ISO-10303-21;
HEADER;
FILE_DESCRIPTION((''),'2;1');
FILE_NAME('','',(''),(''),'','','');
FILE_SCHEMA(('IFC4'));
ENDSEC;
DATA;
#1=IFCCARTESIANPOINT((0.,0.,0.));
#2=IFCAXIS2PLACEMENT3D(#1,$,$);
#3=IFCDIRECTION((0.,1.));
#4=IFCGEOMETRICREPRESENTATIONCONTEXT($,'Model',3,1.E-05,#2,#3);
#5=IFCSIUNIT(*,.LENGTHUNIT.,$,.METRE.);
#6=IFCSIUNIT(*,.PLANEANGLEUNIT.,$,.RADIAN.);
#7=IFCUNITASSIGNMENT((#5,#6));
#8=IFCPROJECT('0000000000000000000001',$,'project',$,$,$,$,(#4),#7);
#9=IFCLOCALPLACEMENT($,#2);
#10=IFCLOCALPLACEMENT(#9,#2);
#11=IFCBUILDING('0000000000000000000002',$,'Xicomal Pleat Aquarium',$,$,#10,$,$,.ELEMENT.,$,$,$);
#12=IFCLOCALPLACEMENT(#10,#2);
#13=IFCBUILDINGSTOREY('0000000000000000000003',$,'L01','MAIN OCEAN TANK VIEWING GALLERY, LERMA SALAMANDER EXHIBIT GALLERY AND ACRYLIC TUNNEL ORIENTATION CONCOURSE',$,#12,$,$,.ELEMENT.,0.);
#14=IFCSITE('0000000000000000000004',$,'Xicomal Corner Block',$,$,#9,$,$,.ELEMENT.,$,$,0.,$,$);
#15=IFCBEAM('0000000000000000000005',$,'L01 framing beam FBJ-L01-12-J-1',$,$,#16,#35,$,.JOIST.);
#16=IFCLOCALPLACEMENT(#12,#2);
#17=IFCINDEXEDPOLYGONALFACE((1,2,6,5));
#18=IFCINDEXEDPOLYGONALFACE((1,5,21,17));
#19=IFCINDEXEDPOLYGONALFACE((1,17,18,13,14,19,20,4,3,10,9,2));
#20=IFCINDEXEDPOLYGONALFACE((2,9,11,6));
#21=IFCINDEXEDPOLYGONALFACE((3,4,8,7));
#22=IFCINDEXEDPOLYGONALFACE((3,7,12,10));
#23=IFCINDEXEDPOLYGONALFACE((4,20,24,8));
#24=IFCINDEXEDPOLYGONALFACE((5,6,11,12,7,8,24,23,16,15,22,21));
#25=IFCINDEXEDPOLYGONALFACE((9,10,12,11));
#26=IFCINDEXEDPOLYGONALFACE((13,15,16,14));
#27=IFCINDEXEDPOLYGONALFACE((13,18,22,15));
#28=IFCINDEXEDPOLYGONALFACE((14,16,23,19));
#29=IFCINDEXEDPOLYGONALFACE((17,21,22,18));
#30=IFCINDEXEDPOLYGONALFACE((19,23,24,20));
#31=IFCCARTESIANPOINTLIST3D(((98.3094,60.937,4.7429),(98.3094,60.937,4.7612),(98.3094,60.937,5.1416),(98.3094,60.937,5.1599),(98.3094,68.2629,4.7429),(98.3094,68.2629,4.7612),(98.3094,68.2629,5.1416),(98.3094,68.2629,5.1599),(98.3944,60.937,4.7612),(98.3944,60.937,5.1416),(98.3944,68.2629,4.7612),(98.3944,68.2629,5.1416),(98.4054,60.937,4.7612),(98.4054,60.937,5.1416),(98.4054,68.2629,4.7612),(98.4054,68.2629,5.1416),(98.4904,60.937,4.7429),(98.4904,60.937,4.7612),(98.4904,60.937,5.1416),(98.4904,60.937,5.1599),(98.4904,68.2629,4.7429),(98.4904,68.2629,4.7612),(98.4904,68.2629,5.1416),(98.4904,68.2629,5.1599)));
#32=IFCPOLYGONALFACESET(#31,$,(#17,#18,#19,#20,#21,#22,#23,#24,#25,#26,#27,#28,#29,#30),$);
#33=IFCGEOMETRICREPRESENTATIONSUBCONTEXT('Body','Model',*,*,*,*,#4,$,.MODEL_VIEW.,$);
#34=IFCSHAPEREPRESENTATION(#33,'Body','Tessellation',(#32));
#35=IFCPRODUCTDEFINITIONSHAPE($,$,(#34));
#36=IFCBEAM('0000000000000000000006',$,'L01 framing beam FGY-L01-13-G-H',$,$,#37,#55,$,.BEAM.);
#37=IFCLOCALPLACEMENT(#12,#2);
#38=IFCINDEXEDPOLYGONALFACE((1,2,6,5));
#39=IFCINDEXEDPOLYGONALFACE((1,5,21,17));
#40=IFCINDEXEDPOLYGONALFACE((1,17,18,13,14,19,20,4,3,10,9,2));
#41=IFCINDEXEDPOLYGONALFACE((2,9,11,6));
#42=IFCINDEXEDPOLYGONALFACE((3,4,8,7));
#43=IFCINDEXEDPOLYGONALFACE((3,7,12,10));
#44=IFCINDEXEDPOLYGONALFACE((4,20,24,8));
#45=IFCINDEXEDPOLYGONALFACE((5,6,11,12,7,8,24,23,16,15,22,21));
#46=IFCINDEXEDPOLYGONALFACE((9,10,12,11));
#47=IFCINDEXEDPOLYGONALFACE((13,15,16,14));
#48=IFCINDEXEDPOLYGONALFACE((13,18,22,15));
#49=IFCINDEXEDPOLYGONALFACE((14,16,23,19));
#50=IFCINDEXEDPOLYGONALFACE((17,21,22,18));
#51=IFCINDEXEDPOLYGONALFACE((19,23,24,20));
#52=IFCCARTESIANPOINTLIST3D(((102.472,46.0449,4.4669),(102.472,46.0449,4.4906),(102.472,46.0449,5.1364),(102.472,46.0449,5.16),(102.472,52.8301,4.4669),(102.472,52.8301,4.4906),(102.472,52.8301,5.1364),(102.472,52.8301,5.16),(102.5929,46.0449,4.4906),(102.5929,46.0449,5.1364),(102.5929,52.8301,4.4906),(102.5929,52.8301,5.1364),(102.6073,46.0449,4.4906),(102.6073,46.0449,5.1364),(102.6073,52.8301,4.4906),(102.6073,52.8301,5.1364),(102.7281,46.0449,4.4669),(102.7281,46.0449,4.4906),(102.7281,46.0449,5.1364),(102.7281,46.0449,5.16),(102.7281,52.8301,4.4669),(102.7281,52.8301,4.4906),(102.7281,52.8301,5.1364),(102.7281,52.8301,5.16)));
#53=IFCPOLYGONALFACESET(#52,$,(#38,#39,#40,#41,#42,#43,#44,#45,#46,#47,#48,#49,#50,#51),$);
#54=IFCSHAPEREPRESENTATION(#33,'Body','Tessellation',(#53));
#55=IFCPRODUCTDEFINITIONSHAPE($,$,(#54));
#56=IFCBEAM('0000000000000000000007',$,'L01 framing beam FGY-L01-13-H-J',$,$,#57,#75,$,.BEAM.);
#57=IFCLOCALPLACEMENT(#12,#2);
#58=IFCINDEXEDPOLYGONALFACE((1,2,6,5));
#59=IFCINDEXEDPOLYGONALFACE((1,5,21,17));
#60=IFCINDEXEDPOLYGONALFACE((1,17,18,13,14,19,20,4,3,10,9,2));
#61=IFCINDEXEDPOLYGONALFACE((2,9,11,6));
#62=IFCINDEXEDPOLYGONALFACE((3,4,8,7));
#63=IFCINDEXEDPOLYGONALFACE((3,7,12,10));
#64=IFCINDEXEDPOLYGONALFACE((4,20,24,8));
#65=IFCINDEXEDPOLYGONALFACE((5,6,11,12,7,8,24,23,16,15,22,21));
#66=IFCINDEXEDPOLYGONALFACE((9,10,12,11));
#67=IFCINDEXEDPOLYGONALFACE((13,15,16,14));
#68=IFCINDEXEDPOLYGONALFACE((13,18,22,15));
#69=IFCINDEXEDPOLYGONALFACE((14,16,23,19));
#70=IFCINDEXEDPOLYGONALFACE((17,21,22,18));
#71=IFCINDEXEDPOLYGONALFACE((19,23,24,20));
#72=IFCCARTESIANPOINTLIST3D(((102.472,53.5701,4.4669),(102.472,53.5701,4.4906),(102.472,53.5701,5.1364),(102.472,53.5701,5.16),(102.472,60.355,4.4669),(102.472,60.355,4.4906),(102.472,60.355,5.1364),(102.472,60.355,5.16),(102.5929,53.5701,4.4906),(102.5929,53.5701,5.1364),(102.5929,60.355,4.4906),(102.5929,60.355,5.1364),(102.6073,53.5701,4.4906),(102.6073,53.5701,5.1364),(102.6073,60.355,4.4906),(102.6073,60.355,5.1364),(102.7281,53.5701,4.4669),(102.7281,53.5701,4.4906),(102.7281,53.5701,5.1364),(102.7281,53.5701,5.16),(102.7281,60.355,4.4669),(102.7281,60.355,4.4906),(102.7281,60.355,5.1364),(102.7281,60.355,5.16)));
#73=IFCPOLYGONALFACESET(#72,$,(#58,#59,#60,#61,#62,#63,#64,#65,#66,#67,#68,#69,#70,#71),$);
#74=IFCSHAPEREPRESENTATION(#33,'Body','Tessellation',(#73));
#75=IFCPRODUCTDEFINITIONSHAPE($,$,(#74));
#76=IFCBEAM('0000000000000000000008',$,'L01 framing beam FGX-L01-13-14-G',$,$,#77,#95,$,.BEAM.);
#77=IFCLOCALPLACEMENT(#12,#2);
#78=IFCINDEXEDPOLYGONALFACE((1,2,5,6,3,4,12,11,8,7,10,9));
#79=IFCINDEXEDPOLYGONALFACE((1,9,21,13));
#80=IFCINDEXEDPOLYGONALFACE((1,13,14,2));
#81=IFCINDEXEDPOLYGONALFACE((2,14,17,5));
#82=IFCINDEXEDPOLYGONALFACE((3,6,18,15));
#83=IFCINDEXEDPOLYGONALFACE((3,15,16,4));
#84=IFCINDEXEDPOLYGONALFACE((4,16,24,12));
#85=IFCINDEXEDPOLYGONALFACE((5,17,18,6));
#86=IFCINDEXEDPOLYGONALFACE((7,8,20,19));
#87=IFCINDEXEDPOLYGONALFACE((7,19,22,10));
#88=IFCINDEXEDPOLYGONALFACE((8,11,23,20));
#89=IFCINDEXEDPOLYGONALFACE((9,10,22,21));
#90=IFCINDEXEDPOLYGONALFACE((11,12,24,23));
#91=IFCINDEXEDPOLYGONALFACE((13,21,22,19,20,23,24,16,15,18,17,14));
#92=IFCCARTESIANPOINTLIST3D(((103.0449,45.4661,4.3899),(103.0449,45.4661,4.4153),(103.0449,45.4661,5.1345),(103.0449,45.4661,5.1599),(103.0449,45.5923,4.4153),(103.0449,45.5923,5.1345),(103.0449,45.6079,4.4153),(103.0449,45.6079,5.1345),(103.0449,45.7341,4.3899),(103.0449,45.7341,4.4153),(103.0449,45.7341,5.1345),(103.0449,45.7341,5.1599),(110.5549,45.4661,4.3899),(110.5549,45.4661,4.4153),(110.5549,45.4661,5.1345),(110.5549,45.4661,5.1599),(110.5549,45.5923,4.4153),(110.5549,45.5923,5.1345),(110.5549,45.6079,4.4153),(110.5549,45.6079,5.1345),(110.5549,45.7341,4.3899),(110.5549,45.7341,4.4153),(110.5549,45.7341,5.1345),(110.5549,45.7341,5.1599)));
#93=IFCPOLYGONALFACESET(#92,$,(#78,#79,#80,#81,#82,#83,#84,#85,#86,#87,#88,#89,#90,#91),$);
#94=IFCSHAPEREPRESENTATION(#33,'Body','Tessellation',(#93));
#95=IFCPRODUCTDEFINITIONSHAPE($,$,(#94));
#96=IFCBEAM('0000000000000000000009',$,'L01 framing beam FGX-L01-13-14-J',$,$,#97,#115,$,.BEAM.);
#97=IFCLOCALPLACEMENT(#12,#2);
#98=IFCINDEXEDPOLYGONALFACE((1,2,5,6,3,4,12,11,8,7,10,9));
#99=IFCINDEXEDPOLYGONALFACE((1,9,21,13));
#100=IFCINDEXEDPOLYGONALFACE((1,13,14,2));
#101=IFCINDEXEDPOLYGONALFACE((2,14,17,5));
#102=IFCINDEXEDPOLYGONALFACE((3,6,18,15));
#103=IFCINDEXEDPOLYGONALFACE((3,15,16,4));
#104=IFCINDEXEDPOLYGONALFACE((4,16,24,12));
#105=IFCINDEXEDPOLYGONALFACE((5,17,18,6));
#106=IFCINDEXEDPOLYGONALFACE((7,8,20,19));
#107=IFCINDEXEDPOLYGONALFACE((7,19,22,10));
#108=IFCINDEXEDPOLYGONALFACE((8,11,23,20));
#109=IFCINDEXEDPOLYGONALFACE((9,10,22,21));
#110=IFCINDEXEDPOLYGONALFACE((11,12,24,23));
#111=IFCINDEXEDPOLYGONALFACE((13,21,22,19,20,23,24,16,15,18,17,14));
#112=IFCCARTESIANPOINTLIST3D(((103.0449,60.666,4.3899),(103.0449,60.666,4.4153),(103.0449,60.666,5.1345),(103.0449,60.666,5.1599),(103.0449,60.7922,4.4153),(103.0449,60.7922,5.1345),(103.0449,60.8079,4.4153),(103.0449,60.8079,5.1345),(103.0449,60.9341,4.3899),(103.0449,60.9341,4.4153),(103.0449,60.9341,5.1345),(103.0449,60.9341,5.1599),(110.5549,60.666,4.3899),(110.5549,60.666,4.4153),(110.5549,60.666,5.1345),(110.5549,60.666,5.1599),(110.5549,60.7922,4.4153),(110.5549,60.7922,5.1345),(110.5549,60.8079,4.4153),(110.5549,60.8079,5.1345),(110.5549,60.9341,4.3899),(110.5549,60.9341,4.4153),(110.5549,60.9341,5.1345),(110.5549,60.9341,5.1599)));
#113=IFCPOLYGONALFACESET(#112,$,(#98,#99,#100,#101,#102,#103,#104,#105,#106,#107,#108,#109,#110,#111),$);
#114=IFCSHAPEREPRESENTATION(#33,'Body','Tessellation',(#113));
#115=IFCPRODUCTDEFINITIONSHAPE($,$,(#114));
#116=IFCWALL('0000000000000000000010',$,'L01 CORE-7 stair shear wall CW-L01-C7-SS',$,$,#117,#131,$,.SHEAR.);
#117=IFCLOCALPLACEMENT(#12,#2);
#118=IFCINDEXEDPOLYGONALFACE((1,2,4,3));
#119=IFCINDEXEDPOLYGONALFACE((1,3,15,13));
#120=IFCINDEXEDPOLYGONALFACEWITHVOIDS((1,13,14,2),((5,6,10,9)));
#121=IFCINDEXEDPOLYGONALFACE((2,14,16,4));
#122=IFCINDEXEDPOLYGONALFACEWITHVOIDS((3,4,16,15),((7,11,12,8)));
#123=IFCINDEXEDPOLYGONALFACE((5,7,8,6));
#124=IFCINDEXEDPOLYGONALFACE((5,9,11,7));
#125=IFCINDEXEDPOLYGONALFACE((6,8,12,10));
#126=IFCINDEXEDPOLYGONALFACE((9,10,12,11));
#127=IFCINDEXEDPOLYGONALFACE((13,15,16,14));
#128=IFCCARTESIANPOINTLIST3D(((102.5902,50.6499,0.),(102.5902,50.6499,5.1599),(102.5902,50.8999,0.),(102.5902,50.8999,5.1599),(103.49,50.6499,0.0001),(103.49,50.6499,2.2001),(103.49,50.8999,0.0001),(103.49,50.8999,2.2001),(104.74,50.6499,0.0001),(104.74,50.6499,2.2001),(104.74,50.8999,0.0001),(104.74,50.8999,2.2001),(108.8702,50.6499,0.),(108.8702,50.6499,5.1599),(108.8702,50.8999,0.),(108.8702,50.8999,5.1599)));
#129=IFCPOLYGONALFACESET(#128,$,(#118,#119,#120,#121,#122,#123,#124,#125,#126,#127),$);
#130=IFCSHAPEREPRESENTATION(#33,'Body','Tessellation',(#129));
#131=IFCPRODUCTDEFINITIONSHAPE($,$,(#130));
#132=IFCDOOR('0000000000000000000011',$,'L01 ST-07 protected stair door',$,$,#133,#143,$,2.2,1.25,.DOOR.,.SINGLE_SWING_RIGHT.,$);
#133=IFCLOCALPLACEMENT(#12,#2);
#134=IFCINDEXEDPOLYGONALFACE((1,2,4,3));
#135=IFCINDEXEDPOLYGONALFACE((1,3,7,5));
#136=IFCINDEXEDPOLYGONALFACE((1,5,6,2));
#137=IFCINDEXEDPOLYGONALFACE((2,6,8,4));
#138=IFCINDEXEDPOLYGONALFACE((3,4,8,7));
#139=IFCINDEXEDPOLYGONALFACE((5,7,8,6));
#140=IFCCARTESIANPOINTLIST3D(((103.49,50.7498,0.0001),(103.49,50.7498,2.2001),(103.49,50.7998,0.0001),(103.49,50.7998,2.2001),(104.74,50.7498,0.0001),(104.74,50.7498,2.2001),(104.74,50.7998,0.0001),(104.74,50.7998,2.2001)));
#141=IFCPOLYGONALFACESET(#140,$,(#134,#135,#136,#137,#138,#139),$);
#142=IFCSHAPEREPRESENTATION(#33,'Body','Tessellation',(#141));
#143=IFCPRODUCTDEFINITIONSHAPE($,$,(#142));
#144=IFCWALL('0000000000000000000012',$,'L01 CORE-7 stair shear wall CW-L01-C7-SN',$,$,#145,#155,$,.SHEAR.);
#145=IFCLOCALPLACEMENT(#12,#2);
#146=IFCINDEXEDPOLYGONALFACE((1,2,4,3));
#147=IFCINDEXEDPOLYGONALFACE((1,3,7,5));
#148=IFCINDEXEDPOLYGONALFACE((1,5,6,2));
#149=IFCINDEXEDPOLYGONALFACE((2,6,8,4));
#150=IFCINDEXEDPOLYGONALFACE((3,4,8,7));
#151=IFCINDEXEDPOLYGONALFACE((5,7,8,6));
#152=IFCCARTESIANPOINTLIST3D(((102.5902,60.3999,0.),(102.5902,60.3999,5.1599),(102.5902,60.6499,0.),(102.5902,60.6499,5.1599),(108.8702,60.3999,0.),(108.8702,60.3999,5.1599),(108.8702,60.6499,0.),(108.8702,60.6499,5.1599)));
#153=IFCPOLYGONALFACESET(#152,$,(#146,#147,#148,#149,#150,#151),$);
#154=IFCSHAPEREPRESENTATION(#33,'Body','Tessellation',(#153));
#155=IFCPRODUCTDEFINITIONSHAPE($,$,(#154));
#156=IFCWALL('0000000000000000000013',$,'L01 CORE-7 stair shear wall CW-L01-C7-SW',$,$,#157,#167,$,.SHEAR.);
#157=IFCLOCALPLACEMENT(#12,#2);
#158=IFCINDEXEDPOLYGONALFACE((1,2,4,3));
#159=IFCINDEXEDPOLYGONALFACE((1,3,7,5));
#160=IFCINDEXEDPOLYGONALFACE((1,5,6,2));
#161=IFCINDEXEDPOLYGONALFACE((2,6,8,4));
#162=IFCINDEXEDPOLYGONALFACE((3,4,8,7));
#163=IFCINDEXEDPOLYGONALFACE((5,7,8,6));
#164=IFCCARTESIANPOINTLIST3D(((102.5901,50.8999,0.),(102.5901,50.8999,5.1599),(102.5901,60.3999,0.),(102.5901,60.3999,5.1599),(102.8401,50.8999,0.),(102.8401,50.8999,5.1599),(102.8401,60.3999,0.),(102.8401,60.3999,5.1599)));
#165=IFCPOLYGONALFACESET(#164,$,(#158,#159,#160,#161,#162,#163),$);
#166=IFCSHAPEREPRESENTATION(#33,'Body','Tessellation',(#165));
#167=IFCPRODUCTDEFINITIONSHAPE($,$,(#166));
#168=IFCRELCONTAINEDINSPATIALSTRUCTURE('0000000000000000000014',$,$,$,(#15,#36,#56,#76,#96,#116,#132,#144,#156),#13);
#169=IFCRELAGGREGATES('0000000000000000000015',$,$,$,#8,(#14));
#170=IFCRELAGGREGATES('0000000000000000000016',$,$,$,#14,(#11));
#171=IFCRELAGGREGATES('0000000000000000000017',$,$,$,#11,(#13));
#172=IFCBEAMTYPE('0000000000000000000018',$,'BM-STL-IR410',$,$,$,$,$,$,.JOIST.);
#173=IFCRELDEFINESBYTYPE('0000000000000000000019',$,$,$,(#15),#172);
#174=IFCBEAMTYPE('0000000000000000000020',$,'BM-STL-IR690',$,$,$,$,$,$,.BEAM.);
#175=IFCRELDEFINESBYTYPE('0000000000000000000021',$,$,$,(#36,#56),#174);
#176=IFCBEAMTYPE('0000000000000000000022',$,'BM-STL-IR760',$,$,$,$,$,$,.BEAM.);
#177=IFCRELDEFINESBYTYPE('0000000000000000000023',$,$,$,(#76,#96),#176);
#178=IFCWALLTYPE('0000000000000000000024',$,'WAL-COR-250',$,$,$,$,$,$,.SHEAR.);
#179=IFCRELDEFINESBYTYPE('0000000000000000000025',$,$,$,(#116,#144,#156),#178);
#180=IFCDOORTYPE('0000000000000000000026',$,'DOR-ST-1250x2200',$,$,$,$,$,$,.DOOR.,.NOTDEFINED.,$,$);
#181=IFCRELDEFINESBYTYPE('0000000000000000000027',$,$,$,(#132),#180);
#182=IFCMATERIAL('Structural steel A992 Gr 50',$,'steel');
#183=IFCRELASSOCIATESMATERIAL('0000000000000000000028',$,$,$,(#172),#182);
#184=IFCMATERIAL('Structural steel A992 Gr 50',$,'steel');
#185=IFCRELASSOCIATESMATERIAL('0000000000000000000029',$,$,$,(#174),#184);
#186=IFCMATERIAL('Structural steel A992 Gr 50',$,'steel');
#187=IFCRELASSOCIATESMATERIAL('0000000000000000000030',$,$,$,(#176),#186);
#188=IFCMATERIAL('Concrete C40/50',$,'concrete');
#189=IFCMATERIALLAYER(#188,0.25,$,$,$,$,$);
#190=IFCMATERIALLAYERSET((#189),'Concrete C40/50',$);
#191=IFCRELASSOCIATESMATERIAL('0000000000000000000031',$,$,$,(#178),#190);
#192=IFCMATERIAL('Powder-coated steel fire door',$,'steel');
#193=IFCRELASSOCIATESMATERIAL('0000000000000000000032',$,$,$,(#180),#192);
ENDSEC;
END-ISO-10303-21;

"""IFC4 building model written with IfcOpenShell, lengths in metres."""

from ifc_helpers import new_model, si_unit, direction, frame, frame_2d, origin, origin_2d, place, context, subcontext, project, spatial, rectangle, i_section, extrude, material, layer, layer_set, material_profile, profile_set, type_object, element, fill, save


model = new_model("IFC4")

# Units and contexts
model_context = context("Model", 3, precision=1e-05, world=origin(), true_north=direction((0.0, 1.0)))
body_context = subcontext(model_context, "Body", "Model", "MODEL_VIEW")
ifc_project = project(units=[si_unit("LENGTHUNIT", "METRE"), si_unit("PLANEANGLEUNIT", "RADIAN")], contexts=[model_context])

# Site, building, storey
site_placement = place(None, origin())
site = spatial("IfcSite", under=ifc_project, at=site_placement, Name="Xicomal Corner Block", CompositionType="ELEMENT", RefElevation=0.0)
building_placement = place(site_placement, origin())
building = spatial("IfcBuilding", under=site, at=building_placement, Name="Xicomal Pleat Aquarium", CompositionType="ELEMENT")
storey_placement = place(building_placement, origin())
storey = spatial("IfcBuildingStorey", under=building, at=storey_placement, Name="L01", Description="MAIN OCEAN TANK VIEWING GALLERY, LERMA SALAMANDER EXHIBIT GALLERY AND ACRYLIC TUNNEL ORIENTATION CONCOURSE", CompositionType="ELEMENT", Elevation=0.0)

# Beams
ifc_material_1 = material(Name="Structural steel A992 Gr 50", Category="steel")
ifc_material_profile_1 = material_profile(ifc_material_1, i_section(OverallWidth=0.1809, OverallDepth=0.417, WebThickness=0.011, FlangeThickness=0.0183, at=origin_2d()), Name="IR 410x85")
ifc_profile_set_1 = profile_set([ifc_material_profile_1], Name="Structural steel A992 Gr 50")
beam_type_1 = type_object("IfcBeamType", Name="BM-STL-IR410", PredefinedType="JOIST", material=ifc_profile_set_1)
beam_1_placement = place(storey_placement, frame((98.3999, 60.937, 4.9514), z_axis=(0.0, 1.0, 0.0), x_axis=(-1.0, 0.0, 0.0)))
element("IfcBeam", 1, at=beam_1_placement, inside=storey, type_object=beam_type_1, Name="L01 framing beam FBJ-L01-12-J-1", PredefinedType="JOIST", context=body_context, shape_type="SweptSolid", body=[
    extrude(i_section(OverallWidth=0.1809, OverallDepth=0.417, WebThickness=0.011, FlangeThickness=0.0183, at=origin_2d()), origin(), (0.0, 0.0, 1.0), 7.3259),
])
ifc_material_2 = material(Name="Structural steel A992 Gr 50", Category="steel")
ifc_material_profile_2 = material_profile(ifc_material_2, i_section(OverallWidth=0.2561, OverallDepth=0.6931, WebThickness=0.0144, FlangeThickness=0.0237, at=origin_2d()), Name="IR 690x170")
ifc_profile_set_2 = profile_set([ifc_material_profile_2], Name="Structural steel A992 Gr 50")
beam_type_2 = type_object("IfcBeamType", Name="BM-STL-IR690", PredefinedType="BEAM", material=ifc_profile_set_2)
beam_2_placement = place(storey_placement, frame((102.6001, 46.0449, 4.8135), z_axis=(0.0, 1.0, 0.0), x_axis=(-1.0, 0.0, 0.0)))
element("IfcBeam", 2, at=beam_2_placement, inside=storey, type_object=beam_type_2, Name="L01 framing beam FGY-L01-13-G-H", PredefinedType="BEAM", context=body_context, shape_type="SweptSolid", body=[
    extrude(i_section(OverallWidth=0.2561, OverallDepth=0.6931, WebThickness=0.0144, FlangeThickness=0.0237, at=origin_2d()), origin(), (0.0, 0.0, 1.0), 6.7852),
])
beam_3_placement = place(storey_placement, frame((102.6001, 53.5701, 4.8135), z_axis=(0.0, 1.0, 0.0), x_axis=(-1.0, 0.0, 0.0)))
element("IfcBeam", 3, at=beam_3_placement, inside=storey, type_object=beam_type_2, Name="L01 framing beam FGY-L01-13-H-J", PredefinedType="BEAM", context=body_context, shape_type="SweptSolid", body=[
    extrude(i_section(OverallWidth=0.2561, OverallDepth=0.6931, WebThickness=0.0144, FlangeThickness=0.0237, at=origin_2d()), origin(), (0.0, 0.0, 1.0), 6.7849),
])
ifc_material_3 = material(Name="Structural steel A992 Gr 50", Category="steel")
ifc_material_profile_3 = material_profile(ifc_material_3, i_section(OverallWidth=0.2681, OverallDepth=0.77, WebThickness=0.0156, FlangeThickness=0.0254, at=origin_2d()), Name="IR 760x196")
ifc_profile_set_3 = profile_set([ifc_material_profile_3], Name="Structural steel A992 Gr 50")
beam_type_3 = type_object("IfcBeamType", Name="BM-STL-IR760", PredefinedType="BEAM", material=ifc_profile_set_3)
for number, where, z_axis, x_axis, name in (
    (4, (103.0449, 45.6001, 4.7749), (1.0, 0.0, 0.0), (0.0, 1.0, 0.0), "L01 framing beam FGX-L01-13-14-G"),
    (5, (103.0449, 60.8, 4.7749), (1.0, 0.0, 0.0), (0.0, 1.0, 0.0), "L01 framing beam FGX-L01-13-14-J"),
):
    element("IfcBeam", number, at=place(storey_placement, frame(where, z_axis=z_axis, x_axis=x_axis)), inside=storey, type_object=beam_type_3, Name=name, PredefinedType="BEAM", context=body_context, shape_type="SweptSolid", body=[
        extrude(i_section(OverallWidth=0.2681, OverallDepth=0.77, WebThickness=0.0156, FlangeThickness=0.0254, at=origin_2d()), origin(), (0.0, 0.0, 1.0), 7.51),
    ])

# Wall, opening, door
ifc_material_4 = material(Name="Concrete C40/50", Category="concrete")
ifc_layer_1 = layer(ifc_material_4, 0.25)
ifc_layer_set_1 = layer_set([ifc_layer_1], Name="Concrete C40/50")
wall_type_1 = type_object("IfcWallType", Name="WAL-COR-250", PredefinedType="SHEAR", material=ifc_layer_set_1)
wall_1_placement = place(storey_placement, frame((102.5901, 50.7749, 0.0), z_axis=(0.0, 0.0, 1.0), x_axis=(1.0, 0.0, 0.0)))
wall_1 = element("IfcWall", 6, at=wall_1_placement, inside=storey, type_object=wall_type_1, Name="L01 CORE-7 stair shear wall CW-L01-C7-SS", PredefinedType="SHEAR", context=body_context, shape_type="SweptSolid", body=[
    extrude(rectangle(XDim=6.28, YDim=0.25, at=frame_2d((3.1401, 0.0))), origin(), (0.0, 0.0, 1.0), 5.1599),
])
opening_1_placement = place(wall_1_placement, frame((0.8999, 0.0, 0.0)))
opening_1 = element("IfcOpeningElement", 7, at=opening_1_placement, cuts=wall_1, PredefinedType="OPENING", context=body_context, shape_type="SweptSolid", body=[
    extrude(rectangle(XDim=1.25, YDim=2.2, at=frame_2d((0.625, 1.1001))), frame((0.0, 0.135, 0.0), z_axis=(0.0, -1.0, 0.0), x_axis=(1.0, 0.0, 0.0)), (0.0, 0.0, 1.0), 0.27),
])
ifc_material_5 = material(Name="Powder-coated steel fire door", Category="steel")
door_type_1 = type_object("IfcDoorType", Name="DOR-ST-1250x2200", OperationType="NOTDEFINED", PredefinedType="DOOR", material=ifc_material_5)
door_1_placement = place(opening_1_placement, origin())
door_1 = element("IfcDoor", 8, at=door_1_placement, inside=storey, type_object=door_type_1, Name="L01 ST-07 protected stair door", OperationType="SINGLE_SWING_RIGHT", OverallHeight=2.2, OverallWidth=1.25, PredefinedType="DOOR", context=body_context, shape_type="SweptSolid", body=[
    extrude(rectangle(XDim=1.25, YDim=2.2, at=frame_2d((0.625, 1.1001))), frame((0.0, 0.0249, 0.0), z_axis=(0.0, -1.0, 0.0), x_axis=(1.0, 0.0, 0.0)), (0.0, 0.0, 1.0), 0.05),
])
fill(opening_1, door_1)

# Walls
wall_2_placement = place(storey_placement, frame((102.5901, 60.5249, 0.0), z_axis=(0.0, 0.0, 1.0), x_axis=(1.0, 0.0, 0.0)))
element("IfcWall", 9, at=wall_2_placement, inside=storey, type_object=wall_type_1, Name="L01 CORE-7 stair shear wall CW-L01-C7-SN", PredefinedType="SHEAR", context=body_context, shape_type="SweptSolid", body=[
    extrude(rectangle(XDim=6.28, YDim=0.25, at=frame_2d((3.1401, 0.0))), origin(), (0.0, 0.0, 1.0), 5.1599),
])
wall_3_placement = place(storey_placement, frame((102.7151, 50.8999, 0.0), z_axis=(0.0, 0.0, 1.0), x_axis=(0.0, 1.0, 0.0)))
element("IfcWall", 10, at=wall_3_placement, inside=storey, type_object=wall_type_1, Name="L01 CORE-7 stair shear wall CW-L01-C7-SW", PredefinedType="SHEAR", context=body_context, shape_type="SweptSolid", body=[
    extrude(rectangle(XDim=9.5, YDim=0.25, at=frame_2d((4.75, 0.0))), origin(), (0.0, 0.0, 1.0), 5.1599),
])

save(model, "model.ifc")
